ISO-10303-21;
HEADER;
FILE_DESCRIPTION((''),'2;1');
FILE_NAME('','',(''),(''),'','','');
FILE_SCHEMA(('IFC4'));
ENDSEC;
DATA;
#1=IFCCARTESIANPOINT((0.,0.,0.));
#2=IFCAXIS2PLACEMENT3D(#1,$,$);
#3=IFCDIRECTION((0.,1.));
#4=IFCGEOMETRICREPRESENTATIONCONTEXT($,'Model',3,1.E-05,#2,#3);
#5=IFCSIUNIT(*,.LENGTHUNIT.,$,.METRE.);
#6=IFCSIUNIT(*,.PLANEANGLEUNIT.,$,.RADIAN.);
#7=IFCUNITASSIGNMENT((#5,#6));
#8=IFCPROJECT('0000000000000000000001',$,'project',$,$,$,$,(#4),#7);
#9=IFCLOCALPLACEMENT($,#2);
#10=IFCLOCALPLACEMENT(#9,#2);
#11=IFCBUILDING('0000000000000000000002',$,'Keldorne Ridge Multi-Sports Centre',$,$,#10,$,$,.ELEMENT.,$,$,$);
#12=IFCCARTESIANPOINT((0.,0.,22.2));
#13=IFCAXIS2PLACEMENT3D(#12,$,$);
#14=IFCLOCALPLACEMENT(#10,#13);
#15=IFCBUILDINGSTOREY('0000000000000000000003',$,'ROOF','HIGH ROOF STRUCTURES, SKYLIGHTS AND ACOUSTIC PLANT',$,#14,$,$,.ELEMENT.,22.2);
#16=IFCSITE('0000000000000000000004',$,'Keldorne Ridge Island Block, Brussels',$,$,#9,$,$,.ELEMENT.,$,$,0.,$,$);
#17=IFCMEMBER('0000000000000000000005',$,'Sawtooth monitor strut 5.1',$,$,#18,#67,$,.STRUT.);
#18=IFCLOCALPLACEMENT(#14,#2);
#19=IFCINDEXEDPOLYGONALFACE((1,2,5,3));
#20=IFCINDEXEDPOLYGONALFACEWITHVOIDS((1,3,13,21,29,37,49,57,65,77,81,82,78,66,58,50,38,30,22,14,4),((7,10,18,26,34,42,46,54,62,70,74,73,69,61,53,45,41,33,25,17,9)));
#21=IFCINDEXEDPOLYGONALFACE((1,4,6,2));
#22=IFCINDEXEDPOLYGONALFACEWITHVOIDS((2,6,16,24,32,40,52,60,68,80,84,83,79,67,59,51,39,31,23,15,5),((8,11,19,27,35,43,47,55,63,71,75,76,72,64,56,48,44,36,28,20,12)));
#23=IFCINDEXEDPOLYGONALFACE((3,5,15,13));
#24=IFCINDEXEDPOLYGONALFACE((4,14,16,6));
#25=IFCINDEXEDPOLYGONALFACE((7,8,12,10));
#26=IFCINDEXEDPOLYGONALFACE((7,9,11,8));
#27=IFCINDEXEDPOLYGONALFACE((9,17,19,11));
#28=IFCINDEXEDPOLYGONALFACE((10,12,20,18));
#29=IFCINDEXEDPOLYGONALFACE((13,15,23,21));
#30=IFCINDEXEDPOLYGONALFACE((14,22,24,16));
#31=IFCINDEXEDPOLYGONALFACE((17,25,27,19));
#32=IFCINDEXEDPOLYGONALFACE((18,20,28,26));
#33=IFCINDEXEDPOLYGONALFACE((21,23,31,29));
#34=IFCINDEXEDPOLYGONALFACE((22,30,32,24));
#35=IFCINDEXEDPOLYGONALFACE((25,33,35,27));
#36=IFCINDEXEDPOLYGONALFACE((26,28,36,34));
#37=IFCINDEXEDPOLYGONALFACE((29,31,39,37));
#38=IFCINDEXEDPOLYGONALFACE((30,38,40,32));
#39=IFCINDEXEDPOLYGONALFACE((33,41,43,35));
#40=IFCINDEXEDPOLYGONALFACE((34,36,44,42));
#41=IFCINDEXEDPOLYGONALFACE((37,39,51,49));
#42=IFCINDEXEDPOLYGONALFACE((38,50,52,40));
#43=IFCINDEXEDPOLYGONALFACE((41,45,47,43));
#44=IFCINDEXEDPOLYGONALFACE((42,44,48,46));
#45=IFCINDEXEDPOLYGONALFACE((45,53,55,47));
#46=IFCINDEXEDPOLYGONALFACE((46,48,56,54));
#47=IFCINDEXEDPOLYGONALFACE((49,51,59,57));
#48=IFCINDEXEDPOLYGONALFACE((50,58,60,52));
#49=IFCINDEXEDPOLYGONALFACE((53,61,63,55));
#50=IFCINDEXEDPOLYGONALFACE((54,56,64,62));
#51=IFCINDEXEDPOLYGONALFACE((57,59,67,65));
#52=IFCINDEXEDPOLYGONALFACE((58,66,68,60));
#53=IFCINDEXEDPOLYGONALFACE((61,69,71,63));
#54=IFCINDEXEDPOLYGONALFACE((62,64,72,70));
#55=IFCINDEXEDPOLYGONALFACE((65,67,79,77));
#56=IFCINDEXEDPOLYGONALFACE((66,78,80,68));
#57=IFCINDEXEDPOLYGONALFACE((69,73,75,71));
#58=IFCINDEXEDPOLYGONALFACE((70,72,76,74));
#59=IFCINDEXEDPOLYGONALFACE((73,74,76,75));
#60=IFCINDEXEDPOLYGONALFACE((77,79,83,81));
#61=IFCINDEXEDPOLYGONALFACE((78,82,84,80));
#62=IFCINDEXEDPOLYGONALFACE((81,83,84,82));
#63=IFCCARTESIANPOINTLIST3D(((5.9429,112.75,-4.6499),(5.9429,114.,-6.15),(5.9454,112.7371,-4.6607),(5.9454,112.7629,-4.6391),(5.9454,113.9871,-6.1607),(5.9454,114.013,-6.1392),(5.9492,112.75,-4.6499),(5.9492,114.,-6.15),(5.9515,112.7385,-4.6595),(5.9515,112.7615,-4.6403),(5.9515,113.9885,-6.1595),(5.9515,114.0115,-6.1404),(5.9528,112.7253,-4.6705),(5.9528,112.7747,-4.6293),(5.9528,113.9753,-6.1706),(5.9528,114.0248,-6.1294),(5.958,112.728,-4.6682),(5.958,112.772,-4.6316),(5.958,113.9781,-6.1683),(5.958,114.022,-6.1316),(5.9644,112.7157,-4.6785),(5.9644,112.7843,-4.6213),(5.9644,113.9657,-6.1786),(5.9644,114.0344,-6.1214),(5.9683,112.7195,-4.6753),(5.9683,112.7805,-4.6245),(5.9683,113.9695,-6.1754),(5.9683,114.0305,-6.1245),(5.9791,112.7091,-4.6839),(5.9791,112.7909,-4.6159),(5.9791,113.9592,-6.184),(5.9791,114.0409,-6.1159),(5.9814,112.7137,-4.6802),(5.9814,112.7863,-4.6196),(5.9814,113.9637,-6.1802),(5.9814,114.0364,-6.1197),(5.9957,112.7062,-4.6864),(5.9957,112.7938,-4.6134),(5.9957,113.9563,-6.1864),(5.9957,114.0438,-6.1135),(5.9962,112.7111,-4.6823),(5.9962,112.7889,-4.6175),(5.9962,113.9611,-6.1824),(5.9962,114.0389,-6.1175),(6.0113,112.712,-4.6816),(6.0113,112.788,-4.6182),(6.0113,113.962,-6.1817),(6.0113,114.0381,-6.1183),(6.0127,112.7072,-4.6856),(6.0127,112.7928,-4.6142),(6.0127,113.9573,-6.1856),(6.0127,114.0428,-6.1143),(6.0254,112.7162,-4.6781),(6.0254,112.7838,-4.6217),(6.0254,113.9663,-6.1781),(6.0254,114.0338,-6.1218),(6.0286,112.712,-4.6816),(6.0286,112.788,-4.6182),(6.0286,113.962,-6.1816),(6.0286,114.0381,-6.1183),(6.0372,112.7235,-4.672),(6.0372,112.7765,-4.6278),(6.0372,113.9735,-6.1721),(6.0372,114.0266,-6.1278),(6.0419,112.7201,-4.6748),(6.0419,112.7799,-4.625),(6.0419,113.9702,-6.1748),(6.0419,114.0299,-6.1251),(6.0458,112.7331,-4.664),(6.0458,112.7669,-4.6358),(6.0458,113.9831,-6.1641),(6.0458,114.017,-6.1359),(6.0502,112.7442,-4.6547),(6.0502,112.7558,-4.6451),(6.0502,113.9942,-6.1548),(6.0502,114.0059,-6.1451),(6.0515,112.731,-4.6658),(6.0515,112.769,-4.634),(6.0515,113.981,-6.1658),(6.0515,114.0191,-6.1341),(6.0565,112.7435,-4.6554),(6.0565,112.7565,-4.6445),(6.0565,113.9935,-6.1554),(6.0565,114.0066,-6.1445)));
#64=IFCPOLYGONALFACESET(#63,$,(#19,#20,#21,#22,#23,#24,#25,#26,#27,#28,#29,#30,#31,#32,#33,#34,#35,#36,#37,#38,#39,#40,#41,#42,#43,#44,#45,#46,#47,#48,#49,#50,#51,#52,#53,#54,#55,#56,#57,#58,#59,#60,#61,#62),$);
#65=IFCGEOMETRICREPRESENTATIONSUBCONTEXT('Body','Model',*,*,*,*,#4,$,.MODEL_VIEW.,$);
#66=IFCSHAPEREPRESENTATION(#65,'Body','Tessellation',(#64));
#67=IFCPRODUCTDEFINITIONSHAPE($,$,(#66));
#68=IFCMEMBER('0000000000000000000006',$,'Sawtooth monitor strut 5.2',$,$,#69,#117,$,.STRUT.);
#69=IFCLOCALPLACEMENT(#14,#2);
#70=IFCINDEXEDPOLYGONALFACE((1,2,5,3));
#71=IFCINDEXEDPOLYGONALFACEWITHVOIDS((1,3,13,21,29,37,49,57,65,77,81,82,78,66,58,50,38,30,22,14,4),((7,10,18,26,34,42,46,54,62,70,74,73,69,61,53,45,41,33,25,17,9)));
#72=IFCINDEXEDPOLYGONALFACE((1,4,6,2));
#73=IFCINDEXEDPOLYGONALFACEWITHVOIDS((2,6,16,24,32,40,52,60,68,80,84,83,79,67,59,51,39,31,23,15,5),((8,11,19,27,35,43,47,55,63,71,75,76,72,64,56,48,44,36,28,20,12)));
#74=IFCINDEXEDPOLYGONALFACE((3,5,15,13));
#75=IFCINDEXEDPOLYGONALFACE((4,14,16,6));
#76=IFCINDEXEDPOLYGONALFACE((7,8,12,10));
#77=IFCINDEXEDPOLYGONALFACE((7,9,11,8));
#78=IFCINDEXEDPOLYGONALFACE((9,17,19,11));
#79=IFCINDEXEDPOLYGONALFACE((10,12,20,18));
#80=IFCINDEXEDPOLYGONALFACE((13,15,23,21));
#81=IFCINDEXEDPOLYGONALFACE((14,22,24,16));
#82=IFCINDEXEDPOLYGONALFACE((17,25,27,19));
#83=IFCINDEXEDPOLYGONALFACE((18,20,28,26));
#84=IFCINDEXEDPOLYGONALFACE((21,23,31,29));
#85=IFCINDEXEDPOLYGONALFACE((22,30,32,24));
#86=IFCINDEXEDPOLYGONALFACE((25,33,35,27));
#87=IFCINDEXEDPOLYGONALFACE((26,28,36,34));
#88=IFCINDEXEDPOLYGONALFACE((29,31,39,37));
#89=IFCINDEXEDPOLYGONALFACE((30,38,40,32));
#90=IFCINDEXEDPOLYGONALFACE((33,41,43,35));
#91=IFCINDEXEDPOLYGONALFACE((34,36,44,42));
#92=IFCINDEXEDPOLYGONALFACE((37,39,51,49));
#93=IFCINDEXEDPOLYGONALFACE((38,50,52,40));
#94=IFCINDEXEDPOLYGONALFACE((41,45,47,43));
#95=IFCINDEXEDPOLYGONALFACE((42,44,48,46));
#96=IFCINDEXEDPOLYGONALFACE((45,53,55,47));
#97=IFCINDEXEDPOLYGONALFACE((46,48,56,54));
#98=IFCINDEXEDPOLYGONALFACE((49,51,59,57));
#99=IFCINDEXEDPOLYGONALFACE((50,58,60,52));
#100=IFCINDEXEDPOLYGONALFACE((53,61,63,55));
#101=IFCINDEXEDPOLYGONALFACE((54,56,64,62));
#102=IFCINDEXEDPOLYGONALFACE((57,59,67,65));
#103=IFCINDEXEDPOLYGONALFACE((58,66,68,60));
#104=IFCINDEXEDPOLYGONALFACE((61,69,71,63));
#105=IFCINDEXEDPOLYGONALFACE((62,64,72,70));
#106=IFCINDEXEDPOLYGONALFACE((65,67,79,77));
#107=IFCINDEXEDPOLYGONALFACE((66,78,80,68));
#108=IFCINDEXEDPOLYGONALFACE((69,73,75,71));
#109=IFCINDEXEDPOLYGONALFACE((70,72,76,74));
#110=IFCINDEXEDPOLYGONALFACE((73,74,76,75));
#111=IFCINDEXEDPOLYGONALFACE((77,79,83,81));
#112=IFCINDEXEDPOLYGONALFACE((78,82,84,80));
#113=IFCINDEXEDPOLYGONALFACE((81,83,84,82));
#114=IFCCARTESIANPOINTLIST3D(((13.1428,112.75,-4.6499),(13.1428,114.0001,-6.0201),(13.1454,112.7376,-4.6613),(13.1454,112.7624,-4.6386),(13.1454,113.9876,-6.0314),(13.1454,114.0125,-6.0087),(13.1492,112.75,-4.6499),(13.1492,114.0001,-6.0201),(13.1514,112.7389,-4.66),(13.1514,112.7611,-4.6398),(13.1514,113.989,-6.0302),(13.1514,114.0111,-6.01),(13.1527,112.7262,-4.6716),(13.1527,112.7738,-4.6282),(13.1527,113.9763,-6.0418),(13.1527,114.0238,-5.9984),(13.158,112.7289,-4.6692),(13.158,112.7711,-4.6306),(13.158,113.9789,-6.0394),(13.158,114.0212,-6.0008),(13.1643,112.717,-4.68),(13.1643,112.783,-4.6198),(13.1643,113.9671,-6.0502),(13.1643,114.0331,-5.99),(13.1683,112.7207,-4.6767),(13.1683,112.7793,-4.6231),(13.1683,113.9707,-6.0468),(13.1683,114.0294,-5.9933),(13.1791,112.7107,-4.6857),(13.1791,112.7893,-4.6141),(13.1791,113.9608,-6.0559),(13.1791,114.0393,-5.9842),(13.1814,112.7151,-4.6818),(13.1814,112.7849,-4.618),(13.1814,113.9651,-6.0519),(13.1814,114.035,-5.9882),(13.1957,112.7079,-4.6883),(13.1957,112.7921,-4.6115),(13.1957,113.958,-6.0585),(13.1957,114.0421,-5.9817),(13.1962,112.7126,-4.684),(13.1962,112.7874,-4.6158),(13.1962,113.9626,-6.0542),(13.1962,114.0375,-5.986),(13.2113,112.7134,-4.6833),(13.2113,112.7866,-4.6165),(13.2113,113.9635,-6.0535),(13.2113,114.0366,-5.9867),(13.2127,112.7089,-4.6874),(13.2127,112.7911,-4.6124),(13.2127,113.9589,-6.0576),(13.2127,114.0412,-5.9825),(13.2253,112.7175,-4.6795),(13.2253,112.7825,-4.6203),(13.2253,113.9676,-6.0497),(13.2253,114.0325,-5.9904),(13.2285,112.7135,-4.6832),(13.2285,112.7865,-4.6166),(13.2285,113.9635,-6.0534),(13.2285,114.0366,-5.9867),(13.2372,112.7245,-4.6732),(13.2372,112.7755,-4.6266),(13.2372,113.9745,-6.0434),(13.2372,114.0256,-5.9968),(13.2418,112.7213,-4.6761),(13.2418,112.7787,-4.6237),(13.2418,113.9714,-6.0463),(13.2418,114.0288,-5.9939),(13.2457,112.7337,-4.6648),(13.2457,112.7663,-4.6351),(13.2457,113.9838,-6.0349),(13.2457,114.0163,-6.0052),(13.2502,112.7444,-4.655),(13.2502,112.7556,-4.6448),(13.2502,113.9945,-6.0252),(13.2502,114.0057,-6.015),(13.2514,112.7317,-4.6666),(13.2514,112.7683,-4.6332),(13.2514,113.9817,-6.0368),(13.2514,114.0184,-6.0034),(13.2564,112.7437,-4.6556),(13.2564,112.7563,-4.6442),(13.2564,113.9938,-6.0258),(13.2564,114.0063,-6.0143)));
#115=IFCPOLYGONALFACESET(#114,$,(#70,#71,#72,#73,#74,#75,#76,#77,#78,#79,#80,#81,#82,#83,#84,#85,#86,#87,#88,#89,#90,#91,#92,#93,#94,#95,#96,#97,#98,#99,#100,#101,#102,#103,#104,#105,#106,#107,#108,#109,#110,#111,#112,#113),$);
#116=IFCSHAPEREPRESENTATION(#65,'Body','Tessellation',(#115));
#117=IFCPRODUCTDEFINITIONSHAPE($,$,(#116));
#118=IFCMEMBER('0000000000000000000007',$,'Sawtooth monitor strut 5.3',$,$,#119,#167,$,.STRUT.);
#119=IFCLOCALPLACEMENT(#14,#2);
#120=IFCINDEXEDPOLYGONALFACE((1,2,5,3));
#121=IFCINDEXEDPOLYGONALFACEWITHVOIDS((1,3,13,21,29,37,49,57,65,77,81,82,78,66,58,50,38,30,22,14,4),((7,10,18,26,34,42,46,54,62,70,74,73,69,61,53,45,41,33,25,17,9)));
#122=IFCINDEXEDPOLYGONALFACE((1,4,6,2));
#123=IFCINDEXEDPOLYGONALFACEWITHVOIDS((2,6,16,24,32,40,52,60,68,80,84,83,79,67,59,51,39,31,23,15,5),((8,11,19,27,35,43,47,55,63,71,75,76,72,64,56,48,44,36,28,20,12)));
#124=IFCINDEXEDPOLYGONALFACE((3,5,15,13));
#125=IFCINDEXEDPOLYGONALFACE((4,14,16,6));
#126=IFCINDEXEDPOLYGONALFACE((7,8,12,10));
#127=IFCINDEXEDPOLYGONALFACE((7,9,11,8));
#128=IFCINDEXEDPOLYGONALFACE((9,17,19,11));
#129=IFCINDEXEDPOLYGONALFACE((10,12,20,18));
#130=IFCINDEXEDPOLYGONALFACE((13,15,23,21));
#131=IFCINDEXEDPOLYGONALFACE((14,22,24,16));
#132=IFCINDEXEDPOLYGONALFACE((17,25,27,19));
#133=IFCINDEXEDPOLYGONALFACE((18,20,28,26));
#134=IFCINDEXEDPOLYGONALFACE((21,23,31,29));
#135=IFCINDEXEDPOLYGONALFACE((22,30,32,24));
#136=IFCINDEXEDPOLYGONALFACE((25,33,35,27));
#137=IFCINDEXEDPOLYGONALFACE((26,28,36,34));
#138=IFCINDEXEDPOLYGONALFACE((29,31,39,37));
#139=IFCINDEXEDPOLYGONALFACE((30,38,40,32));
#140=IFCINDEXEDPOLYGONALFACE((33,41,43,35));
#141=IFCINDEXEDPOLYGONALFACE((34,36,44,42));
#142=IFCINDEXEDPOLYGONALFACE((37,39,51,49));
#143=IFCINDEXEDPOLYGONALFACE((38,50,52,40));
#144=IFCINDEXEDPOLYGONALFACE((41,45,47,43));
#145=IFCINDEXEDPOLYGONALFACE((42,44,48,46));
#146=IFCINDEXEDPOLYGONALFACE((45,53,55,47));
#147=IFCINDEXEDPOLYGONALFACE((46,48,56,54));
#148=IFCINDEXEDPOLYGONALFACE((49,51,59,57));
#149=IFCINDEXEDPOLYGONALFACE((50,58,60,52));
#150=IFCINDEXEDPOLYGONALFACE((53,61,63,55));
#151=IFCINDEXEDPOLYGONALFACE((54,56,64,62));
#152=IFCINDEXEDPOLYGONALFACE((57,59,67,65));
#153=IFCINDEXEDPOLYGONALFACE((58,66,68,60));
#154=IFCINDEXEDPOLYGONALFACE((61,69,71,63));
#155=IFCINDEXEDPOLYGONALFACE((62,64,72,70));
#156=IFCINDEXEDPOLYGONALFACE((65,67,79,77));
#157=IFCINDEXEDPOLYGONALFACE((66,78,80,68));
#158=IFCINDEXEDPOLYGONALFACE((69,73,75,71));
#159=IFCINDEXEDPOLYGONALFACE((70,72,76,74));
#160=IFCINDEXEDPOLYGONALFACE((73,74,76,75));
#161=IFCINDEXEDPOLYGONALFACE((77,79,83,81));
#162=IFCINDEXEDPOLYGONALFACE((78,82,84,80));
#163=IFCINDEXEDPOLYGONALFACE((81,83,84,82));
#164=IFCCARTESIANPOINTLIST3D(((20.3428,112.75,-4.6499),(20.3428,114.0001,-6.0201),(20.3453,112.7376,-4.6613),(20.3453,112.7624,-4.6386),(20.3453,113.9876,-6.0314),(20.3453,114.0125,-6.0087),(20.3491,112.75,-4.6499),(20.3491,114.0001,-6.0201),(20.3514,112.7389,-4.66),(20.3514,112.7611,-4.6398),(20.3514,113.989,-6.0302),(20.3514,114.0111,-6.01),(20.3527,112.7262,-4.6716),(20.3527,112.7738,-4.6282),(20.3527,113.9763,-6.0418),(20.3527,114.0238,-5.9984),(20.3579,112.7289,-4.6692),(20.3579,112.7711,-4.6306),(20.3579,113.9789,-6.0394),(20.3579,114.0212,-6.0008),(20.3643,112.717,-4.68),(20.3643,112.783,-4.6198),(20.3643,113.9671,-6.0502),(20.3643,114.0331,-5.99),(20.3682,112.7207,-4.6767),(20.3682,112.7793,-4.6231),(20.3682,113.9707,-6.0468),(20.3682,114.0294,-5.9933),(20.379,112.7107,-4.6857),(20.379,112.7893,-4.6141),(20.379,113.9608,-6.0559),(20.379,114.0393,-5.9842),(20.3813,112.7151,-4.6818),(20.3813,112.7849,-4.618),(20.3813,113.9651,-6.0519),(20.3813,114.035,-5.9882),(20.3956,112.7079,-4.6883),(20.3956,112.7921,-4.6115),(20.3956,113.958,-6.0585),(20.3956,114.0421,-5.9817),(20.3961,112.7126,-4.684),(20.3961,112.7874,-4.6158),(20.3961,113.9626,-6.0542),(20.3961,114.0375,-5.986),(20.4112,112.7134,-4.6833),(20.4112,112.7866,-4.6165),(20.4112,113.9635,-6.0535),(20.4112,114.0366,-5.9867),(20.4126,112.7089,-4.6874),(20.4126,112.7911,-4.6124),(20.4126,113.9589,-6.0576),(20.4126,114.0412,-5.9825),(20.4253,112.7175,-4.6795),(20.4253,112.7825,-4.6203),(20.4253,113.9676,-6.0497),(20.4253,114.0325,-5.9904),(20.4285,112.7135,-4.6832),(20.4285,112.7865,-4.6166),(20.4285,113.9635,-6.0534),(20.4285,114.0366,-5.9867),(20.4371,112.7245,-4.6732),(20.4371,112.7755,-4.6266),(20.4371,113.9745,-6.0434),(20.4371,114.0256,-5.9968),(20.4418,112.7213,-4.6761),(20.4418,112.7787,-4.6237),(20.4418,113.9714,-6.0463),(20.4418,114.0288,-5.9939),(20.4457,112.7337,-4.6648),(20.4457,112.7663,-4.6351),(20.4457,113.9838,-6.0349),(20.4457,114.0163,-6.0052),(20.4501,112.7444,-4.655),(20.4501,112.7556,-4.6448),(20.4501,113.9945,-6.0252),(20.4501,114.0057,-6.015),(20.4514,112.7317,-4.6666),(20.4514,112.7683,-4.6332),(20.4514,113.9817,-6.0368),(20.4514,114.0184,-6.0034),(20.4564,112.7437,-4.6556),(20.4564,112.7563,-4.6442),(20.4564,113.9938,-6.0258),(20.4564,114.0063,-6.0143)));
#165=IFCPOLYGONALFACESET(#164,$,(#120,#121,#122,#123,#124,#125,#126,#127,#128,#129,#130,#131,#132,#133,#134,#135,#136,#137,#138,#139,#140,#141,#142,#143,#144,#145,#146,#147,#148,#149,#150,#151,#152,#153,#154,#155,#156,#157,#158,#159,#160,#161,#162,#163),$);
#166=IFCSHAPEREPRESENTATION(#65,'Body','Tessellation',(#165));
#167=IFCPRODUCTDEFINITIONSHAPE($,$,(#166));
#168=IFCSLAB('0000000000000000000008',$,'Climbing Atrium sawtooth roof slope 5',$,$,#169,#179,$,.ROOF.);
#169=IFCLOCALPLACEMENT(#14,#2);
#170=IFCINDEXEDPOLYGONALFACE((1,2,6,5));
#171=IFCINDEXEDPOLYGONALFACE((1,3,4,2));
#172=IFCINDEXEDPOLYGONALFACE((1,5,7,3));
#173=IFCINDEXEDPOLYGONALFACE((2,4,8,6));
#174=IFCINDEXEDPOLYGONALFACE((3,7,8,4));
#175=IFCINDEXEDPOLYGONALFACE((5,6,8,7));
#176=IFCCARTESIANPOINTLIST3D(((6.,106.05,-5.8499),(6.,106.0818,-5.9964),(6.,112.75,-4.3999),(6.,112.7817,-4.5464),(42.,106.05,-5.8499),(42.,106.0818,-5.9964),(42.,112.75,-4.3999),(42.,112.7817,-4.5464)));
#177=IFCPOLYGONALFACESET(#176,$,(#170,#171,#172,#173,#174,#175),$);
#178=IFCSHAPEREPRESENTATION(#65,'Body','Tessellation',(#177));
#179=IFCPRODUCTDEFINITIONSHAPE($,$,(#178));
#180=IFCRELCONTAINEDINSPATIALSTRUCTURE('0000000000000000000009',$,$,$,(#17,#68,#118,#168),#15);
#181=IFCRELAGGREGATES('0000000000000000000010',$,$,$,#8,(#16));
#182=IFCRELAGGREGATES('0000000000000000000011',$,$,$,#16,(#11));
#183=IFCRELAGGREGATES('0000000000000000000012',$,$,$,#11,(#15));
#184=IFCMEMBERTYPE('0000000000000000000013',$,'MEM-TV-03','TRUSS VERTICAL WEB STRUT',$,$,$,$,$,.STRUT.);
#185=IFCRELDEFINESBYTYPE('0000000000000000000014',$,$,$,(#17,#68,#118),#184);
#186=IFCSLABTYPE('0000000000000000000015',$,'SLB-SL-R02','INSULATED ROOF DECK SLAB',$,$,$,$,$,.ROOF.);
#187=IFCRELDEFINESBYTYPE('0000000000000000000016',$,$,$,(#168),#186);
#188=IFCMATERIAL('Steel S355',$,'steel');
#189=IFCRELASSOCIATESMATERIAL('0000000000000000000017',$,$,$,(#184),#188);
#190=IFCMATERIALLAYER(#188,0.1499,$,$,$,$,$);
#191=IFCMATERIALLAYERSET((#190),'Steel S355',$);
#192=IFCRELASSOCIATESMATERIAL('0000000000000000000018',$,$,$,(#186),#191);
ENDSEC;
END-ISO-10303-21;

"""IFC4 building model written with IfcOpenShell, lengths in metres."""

from ifc_helpers import new_model, si_unit, direction, frame, origin, origin_2d, place, context, subcontext, project, spatial, polyline, hollow_circle, outline, extrude, material, layer, layer_set, material_profile, profile_set, type_object, element, save


model = new_model("IFC4")

# Units and contexts
model_context = context("Model", 3, precision=1e-05, world=origin(), true_north=direction((0.0, 1.0)))
body_context = subcontext(model_context, "Body", "Model", "MODEL_VIEW")
ifc_project = project(units=[si_unit("LENGTHUNIT", "METRE"), si_unit("PLANEANGLEUNIT", "RADIAN")], contexts=[model_context])

# Site, building, storey
site_placement = place(None, origin())
site = spatial("IfcSite", under=ifc_project, at=site_placement, Name="Keldorne Ridge Island Block, Brussels", CompositionType="ELEMENT", RefElevation=0.0)
building_placement = place(site_placement, origin())
building = spatial("IfcBuilding", under=site, at=building_placement, Name="Keldorne Ridge Multi-Sports Centre", CompositionType="ELEMENT")
storey_placement = place(building_placement, frame((0.0, 0.0, 22.2)))
storey = spatial("IfcBuildingStorey", under=building, at=storey_placement, Name="ROOF", Description="HIGH ROOF STRUCTURES, SKYLIGHTS AND ACOUSTIC PLANT", CompositionType="ELEMENT", Elevation=22.2)

# Shared definitions
ifc_material_1 = material(Name="Steel S355", Category="steel")

# Members
ifc_material_profile_1 = material_profile(ifc_material_1, hollow_circle(Radius=0.0571, WallThickness=0.0063, at=origin_2d()), Name="CHS 114.3x6.3")
ifc_profile_set_1 = profile_set([ifc_material_profile_1], Name="Steel S355")
member_type_1 = type_object("IfcMemberType", Name="MEM-TV-03", Description="TRUSS VERTICAL WEB STRUT", PredefinedType="STRUT", material=ifc_profile_set_1)
member_1_placement = place(storey_placement, frame((6.0, 112.75, -4.6499), z_axis=(0.0, 0.640184, -0.768221), x_axis=(-1.0, 0.0, 0.0)))
element("IfcMember", 1, at=member_1_placement, inside=storey, type_object=member_type_1, Name="Sawtooth monitor strut 5.1", PredefinedType="STRUT", context=body_context, shape_type="SweptSolid", body=[
    extrude(hollow_circle(Radius=0.0571, WallThickness=0.0063, at=origin_2d()), origin(), (0.0, 0.0, 1.0), 1.9526),
])
for number, where, z_axis, x_axis, name in (
    (2, (13.2, 112.75, -4.6499), (0.0, 0.673982, -0.738748), (-1.0, 0.0, 0.0), "Sawtooth monitor strut 5.2"),
    (3, (20.3999, 112.75, -4.6499), (0.0, 0.673982, -0.738748), (-1.0, 0.0, 0.0), "Sawtooth monitor strut 5.3"),
):
    element("IfcMember", number, at=place(storey_placement, frame(where, z_axis=z_axis, x_axis=x_axis)), inside=storey, type_object=member_type_1, Name=name, PredefinedType="STRUT", context=body_context, shape_type="SweptSolid", body=[
        extrude(hollow_circle(Radius=0.0571, WallThickness=0.0063, at=origin_2d()), origin(), (0.0, 0.0, 1.0), 1.8547),
    ])

# Slab
ifc_layer_1 = layer(ifc_material_1, 0.1499)
ifc_layer_set_1 = layer_set([ifc_layer_1], Name="Steel S355")
slab_type = type_object("IfcSlabType", Name="SLB-SL-R02", Description="INSULATED ROOF DECK SLAB", PredefinedType="ROOF", material=ifc_layer_set_1)
slab_placement = place(storey_placement, frame((6.0, 106.05, -5.8499), z_axis=(0.0, -0.211516, 0.977375), x_axis=(1.0, 0.0, 0.0)))
element("IfcSlab", 4, at=slab_placement, inside=storey, type_object=slab_type, Name="Climbing Atrium sawtooth roof slope 5", PredefinedType="ROOF", context=body_context, shape_type="SweptSolid", body=[
    extrude(outline(polyline([(0.0, 0.0), (36.0, 0.0), (36.0, 6.855), (0.0, 6.855), (0.0, 0.0)])), origin(), (0.0, 0.0, -1.0), 0.1499),
])

save(model, "model.ifc")
